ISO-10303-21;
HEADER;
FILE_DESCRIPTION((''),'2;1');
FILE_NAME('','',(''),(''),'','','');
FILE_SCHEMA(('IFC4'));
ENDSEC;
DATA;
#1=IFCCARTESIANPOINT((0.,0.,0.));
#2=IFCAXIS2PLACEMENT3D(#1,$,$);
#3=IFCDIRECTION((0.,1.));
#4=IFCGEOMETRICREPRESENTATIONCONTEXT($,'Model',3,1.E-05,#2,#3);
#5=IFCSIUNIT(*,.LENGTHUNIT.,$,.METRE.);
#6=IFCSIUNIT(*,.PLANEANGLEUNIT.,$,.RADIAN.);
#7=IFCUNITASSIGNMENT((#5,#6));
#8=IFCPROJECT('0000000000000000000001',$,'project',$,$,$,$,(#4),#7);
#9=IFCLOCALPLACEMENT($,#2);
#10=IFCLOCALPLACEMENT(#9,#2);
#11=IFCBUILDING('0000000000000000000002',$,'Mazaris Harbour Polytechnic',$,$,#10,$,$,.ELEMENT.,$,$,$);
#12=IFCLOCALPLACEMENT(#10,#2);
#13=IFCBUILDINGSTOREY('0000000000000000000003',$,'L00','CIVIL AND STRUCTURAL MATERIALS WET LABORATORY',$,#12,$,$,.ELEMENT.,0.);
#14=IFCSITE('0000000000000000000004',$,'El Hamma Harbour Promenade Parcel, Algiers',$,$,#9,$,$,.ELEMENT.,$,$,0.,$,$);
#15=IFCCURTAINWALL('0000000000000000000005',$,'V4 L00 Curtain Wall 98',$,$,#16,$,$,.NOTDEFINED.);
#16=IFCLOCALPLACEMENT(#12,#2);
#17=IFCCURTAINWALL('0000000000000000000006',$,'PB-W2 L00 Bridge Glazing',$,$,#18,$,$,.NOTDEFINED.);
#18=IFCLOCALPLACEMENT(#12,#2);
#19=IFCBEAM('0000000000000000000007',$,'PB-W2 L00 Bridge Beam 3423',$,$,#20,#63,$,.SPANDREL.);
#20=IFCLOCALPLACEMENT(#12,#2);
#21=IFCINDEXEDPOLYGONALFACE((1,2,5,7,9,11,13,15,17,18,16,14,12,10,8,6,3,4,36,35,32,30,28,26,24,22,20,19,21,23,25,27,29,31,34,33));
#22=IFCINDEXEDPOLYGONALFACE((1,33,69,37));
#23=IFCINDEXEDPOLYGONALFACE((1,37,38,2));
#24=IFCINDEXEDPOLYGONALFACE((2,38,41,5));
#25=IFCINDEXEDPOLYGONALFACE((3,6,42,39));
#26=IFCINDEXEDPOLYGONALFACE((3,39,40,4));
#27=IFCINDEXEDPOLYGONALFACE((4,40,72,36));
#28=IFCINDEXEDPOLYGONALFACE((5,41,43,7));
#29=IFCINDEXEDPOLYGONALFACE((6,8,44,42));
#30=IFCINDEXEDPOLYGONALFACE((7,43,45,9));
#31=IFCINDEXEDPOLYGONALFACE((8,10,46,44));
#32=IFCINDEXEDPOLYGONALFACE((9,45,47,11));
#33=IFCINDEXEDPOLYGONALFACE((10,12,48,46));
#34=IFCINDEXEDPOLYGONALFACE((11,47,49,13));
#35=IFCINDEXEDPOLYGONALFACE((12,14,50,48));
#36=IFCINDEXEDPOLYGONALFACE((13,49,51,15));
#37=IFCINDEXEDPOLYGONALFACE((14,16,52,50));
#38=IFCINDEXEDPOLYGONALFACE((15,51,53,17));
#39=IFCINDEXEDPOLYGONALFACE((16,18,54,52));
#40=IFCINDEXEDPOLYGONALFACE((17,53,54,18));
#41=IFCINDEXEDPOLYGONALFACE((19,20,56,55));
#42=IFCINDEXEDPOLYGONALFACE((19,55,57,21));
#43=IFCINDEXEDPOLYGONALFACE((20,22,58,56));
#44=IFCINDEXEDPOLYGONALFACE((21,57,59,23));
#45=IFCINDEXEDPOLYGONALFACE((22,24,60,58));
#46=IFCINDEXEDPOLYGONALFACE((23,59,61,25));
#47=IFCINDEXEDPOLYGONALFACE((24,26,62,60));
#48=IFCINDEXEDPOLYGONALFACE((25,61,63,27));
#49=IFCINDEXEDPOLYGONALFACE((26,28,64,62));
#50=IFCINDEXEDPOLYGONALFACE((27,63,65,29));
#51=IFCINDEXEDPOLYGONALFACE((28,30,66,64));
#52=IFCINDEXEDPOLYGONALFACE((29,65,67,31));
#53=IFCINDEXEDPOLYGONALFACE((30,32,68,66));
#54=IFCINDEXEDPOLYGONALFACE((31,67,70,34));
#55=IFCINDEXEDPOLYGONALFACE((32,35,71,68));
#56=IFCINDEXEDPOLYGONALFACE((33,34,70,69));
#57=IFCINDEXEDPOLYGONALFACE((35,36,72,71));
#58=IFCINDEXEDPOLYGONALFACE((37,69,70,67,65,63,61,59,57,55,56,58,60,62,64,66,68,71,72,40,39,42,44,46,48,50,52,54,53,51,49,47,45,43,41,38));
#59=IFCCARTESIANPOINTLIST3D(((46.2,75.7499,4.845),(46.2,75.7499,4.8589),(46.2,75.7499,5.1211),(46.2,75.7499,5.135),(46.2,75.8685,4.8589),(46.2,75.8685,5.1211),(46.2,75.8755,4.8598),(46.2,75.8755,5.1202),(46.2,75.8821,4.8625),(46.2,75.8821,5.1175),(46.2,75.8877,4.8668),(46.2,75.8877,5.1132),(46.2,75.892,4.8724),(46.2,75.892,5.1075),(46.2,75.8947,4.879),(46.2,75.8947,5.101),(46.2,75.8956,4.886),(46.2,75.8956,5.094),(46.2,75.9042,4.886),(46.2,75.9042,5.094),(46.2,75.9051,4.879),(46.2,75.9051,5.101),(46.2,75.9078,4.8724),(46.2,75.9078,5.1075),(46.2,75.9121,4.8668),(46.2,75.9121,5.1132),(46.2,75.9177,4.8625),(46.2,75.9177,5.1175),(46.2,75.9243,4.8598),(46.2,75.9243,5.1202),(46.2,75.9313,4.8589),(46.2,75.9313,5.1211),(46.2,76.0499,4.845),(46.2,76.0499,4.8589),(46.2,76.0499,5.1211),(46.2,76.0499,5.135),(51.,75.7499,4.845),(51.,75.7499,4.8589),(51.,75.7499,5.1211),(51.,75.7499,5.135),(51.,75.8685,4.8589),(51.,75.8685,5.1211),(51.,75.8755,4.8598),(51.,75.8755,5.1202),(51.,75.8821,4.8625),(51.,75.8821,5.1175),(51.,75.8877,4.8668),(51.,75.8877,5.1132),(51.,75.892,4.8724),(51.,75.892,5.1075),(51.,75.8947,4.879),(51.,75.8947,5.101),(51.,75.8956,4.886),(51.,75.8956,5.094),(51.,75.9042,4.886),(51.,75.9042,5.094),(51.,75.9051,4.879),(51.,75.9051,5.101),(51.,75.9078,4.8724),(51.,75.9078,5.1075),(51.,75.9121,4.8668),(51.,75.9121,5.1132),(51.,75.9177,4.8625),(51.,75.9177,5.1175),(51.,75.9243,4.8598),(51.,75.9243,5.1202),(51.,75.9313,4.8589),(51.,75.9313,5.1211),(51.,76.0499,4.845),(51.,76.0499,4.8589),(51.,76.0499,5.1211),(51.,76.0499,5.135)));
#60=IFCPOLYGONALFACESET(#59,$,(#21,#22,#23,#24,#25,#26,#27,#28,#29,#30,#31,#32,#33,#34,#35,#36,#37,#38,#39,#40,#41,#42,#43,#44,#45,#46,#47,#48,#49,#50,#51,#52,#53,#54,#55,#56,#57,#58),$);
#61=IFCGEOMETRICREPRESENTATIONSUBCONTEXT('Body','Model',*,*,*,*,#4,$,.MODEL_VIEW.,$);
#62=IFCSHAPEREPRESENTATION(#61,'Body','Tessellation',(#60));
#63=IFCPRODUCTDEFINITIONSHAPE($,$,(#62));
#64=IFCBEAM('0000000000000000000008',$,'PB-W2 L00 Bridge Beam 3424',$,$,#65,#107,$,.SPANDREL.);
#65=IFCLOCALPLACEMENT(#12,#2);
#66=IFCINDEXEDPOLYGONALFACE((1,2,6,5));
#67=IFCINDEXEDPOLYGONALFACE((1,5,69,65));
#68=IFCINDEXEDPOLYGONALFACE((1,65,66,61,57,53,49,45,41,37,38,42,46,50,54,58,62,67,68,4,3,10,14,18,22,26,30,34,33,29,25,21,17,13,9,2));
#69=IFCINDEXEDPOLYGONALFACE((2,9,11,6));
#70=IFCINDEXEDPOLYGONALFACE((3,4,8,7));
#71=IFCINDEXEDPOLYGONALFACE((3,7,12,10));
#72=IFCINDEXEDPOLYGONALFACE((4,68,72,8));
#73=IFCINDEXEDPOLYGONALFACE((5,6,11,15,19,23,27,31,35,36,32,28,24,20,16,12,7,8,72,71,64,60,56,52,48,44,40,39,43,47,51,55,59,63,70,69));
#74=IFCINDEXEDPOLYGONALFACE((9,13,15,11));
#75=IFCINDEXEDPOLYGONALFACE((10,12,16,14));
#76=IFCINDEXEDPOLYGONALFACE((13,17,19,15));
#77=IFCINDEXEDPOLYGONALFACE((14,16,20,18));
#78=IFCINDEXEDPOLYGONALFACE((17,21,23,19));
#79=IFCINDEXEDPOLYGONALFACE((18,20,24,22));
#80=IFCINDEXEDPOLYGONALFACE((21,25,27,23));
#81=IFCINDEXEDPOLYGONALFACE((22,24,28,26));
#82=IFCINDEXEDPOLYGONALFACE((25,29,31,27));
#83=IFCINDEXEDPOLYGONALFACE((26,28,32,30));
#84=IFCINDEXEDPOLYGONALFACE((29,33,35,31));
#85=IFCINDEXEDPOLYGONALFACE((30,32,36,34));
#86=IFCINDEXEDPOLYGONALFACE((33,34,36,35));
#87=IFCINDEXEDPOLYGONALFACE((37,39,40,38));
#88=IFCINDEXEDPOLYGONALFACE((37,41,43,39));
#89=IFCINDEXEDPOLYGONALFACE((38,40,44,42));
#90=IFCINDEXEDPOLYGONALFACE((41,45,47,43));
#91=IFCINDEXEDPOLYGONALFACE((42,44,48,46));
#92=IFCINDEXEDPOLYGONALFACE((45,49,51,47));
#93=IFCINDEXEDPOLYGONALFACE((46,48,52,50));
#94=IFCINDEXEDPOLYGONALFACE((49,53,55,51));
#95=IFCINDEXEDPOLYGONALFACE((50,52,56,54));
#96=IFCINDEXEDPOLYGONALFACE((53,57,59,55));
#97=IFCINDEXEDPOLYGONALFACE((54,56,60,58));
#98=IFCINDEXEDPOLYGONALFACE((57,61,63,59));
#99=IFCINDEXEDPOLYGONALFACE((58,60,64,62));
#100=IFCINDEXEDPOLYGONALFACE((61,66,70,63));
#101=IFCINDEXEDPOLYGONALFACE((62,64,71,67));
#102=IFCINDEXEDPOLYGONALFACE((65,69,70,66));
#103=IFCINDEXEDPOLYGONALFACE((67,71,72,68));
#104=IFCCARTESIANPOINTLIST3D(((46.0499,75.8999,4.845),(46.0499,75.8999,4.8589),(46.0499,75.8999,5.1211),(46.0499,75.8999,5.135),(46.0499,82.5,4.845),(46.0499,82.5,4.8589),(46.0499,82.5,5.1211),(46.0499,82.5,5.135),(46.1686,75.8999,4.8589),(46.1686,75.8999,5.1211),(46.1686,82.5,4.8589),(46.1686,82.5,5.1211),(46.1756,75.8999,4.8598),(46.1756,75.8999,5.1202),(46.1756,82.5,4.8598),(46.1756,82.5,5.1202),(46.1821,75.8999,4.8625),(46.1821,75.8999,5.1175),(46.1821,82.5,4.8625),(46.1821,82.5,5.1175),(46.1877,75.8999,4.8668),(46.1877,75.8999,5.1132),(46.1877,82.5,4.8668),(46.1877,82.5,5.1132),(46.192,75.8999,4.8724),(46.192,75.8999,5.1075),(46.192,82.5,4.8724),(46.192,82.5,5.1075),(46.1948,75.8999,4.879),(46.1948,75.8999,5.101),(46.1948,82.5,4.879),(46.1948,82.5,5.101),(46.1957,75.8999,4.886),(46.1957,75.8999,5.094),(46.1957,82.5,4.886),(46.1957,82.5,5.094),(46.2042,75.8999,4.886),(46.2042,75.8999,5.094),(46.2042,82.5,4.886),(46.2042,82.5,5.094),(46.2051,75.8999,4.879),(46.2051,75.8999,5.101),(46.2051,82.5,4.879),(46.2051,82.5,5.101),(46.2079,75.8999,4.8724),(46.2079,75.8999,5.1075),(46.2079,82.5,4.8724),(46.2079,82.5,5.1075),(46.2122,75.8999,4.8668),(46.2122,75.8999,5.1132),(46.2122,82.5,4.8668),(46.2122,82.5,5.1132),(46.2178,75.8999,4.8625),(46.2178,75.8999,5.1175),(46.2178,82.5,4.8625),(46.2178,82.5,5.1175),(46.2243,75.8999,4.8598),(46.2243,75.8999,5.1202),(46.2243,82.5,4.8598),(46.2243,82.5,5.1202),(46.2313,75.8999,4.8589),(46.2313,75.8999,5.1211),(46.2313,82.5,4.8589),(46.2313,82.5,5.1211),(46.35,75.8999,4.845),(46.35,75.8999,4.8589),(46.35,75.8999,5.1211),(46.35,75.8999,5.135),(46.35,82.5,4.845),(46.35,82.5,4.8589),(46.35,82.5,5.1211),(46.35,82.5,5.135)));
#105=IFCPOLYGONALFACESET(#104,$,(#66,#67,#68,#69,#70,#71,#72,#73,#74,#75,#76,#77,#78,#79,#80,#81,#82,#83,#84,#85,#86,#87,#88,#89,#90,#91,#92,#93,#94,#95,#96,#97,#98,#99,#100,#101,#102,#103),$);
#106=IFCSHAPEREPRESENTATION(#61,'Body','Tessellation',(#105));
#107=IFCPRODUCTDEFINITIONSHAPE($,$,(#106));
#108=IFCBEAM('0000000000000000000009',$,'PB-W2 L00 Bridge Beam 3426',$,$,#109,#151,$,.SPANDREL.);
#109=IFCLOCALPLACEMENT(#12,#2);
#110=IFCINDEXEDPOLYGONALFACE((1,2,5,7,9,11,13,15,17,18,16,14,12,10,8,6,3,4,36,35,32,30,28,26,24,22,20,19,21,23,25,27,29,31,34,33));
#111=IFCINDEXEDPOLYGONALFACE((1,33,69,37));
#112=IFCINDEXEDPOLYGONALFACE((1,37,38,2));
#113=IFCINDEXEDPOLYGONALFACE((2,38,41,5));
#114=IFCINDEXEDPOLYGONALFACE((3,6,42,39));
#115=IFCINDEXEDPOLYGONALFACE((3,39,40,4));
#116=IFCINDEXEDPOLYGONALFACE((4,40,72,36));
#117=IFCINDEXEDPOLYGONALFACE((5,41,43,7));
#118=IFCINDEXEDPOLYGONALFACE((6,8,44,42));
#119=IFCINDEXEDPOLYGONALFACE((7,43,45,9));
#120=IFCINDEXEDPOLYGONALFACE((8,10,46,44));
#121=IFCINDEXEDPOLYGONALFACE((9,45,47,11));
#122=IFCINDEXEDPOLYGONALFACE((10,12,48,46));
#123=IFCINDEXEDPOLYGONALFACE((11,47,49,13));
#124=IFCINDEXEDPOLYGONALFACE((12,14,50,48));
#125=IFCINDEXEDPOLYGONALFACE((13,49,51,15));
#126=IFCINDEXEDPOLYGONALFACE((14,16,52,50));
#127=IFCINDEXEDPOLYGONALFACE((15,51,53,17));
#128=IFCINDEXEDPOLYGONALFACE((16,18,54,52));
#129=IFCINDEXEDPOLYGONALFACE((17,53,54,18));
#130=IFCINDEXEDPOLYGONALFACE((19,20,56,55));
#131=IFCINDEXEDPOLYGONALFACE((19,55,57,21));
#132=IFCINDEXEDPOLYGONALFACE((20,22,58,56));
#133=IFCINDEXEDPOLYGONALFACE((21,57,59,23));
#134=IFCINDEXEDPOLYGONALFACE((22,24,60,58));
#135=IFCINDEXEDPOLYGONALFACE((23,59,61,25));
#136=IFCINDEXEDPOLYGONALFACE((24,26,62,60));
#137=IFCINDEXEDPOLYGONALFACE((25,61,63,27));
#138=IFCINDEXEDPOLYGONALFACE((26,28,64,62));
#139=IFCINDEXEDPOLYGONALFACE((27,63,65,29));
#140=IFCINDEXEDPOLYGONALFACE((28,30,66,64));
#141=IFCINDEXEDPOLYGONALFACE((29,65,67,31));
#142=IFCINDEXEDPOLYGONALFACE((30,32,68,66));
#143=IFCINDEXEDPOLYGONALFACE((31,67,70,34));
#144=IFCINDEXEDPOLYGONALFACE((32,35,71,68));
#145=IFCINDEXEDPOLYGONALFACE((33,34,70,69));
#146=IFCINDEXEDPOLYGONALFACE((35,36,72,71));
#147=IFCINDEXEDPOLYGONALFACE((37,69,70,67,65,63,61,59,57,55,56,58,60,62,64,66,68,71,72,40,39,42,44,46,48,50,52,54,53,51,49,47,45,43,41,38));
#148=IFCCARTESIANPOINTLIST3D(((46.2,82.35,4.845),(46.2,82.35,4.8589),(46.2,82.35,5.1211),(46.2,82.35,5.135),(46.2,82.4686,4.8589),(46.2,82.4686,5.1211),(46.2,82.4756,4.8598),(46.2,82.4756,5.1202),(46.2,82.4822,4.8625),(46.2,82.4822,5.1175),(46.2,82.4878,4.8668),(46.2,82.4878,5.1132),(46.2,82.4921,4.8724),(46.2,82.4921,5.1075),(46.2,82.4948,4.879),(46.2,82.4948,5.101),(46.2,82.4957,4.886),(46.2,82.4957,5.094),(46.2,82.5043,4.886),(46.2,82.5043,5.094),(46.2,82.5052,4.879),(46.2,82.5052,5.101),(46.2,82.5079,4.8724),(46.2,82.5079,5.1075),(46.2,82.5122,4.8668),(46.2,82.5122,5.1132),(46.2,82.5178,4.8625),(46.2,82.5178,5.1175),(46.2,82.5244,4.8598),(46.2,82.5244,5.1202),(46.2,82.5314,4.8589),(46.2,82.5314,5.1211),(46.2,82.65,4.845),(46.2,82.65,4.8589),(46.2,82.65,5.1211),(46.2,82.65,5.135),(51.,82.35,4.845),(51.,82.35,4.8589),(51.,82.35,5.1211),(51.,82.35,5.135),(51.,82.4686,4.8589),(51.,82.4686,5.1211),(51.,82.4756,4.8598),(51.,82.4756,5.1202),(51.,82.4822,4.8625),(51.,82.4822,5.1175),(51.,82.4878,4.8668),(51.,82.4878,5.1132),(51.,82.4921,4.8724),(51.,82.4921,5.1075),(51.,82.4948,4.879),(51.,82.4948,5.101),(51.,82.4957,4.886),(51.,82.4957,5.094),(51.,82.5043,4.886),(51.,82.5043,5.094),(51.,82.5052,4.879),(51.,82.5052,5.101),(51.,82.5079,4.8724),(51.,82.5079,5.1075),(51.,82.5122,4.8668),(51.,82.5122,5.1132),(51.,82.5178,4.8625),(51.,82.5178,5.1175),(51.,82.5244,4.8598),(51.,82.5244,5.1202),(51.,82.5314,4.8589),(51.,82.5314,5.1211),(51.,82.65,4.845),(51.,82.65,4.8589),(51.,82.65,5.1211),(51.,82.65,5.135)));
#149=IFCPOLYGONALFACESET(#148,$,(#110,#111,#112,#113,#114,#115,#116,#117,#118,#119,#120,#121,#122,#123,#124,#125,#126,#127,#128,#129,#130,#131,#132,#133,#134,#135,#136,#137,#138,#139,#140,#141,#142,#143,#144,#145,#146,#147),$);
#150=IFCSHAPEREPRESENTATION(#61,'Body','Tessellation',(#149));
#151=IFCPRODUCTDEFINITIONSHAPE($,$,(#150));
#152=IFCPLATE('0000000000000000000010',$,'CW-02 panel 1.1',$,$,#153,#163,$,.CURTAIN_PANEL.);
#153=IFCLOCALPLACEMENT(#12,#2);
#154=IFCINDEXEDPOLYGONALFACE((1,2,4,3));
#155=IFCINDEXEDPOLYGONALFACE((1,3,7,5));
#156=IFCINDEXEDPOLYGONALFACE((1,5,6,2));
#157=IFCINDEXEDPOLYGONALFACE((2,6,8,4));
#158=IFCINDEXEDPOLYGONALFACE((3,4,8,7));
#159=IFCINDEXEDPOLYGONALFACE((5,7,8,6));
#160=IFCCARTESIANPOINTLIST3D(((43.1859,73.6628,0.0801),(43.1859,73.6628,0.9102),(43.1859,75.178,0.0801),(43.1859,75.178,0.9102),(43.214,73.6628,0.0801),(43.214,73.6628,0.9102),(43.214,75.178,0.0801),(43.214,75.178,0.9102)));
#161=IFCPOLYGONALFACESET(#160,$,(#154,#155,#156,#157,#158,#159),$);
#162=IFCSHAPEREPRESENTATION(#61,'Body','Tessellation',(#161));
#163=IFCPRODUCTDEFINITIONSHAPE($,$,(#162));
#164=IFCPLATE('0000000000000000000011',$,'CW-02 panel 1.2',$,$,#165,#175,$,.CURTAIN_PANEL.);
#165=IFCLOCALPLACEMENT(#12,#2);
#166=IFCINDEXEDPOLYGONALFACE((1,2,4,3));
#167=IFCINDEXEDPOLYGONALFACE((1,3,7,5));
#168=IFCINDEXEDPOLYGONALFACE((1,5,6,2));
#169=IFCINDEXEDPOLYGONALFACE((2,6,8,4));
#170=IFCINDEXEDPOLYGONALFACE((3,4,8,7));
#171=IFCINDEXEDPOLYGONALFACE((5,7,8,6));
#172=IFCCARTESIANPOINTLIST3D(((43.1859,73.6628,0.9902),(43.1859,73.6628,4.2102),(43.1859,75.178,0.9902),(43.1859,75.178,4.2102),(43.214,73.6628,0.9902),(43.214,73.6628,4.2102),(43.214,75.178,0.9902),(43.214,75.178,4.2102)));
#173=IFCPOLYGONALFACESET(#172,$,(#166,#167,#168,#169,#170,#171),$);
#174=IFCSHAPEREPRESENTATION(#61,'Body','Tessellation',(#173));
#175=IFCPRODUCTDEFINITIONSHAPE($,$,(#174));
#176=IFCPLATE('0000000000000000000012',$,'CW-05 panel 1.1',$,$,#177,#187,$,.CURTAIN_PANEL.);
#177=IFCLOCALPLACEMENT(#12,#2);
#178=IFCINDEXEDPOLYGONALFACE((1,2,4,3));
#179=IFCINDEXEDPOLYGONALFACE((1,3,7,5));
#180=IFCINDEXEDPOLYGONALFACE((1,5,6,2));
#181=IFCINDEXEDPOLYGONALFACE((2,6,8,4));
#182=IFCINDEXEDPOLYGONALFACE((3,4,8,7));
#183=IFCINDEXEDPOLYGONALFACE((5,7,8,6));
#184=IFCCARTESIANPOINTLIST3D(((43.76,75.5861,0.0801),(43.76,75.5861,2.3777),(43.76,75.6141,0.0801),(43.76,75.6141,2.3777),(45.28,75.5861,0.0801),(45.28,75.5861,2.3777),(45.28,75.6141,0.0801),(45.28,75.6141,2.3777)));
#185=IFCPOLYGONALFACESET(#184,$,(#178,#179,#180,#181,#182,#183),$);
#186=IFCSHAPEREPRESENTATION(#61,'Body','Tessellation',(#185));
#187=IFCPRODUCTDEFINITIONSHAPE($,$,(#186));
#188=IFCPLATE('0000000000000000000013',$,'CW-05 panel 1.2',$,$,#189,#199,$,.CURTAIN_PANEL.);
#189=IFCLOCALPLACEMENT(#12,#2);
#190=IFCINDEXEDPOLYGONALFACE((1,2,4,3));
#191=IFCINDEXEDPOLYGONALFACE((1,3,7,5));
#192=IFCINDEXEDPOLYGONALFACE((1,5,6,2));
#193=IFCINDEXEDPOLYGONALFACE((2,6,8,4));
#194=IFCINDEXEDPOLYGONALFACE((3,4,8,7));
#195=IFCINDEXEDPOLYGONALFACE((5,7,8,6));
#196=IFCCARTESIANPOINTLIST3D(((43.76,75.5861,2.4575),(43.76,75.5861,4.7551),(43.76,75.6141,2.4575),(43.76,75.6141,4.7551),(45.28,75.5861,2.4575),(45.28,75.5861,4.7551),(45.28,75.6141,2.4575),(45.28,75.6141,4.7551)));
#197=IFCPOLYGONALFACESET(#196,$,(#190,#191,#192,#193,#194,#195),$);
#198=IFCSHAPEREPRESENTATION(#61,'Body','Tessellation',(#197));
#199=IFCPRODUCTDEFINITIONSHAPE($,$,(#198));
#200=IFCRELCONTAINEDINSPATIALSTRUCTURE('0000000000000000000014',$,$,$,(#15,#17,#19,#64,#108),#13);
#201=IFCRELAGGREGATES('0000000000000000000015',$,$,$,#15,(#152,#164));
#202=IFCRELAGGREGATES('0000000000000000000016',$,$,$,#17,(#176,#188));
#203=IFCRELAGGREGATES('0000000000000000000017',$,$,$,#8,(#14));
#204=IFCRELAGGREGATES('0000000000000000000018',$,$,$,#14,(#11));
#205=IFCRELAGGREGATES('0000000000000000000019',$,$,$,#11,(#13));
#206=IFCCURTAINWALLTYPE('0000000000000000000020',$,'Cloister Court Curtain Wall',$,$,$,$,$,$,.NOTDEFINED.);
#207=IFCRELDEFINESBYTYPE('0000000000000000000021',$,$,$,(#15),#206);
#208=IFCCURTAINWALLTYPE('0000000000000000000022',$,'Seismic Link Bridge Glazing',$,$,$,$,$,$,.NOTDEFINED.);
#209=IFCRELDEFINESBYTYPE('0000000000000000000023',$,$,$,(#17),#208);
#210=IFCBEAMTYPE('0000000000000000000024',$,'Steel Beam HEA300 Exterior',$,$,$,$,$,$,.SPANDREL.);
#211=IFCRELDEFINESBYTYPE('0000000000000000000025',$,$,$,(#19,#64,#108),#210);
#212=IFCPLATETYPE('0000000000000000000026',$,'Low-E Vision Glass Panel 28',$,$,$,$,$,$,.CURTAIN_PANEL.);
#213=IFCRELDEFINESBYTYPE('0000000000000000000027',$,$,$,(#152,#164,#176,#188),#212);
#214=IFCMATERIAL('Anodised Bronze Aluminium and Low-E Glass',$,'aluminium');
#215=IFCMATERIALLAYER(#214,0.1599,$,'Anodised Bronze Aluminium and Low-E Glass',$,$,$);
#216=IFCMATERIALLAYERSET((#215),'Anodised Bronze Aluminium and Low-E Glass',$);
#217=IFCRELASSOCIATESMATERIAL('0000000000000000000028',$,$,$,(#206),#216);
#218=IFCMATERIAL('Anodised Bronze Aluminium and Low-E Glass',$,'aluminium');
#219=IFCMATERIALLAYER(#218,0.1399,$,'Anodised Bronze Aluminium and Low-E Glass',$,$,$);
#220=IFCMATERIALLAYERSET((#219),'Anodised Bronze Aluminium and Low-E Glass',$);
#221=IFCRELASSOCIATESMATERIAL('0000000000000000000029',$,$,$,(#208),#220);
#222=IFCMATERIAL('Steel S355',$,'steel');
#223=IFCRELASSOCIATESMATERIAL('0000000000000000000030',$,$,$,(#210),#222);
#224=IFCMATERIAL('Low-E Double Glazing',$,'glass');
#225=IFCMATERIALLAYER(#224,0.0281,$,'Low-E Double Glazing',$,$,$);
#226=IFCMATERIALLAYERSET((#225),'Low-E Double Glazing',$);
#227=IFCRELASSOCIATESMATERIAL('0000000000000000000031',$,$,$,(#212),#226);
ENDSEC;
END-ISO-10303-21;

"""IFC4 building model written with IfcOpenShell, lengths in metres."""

from ifc_helpers import new_model, si_unit, direction, frame, origin, origin_2d, place, context, subcontext, project, spatial, rectangle, i_section, extrude, material, layer, layer_set, material_profile, profile_set, type_object, element, aggregate, save


model = new_model("IFC4")

# Units and contexts
model_context = context("Model", 3, precision=1e-05, world=origin(), true_north=direction((0.0, 1.0)))
body_context = subcontext(model_context, "Body", "Model", "MODEL_VIEW")
ifc_project = project(units=[si_unit("LENGTHUNIT", "METRE"), si_unit("PLANEANGLEUNIT", "RADIAN")], contexts=[model_context])

# Site, building, storey
site_placement = place(None, origin())
site = spatial("IfcSite", under=ifc_project, at=site_placement, Name="El Hamma Harbour Promenade Parcel, Algiers", CompositionType="ELEMENT", RefElevation=0.0)
building_placement = place(site_placement, origin())
building = spatial("IfcBuilding", under=site, at=building_placement, Name="Mazaris Harbour Polytechnic", CompositionType="ELEMENT")
storey_placement = place(building_placement, origin())
storey = spatial("IfcBuildingStorey", under=building, at=storey_placement, Name="L00", Description="CIVIL AND STRUCTURAL MATERIALS WET LABORATORY", CompositionType="ELEMENT", Elevation=0.0)

# Curtain walls
ifc_material_1 = material(Name="Anodised Bronze Aluminium and Low-E Glass", Category="aluminium")
ifc_layer_1 = layer(ifc_material_1, 0.1599, Name="Anodised Bronze Aluminium and Low-E Glass")
ifc_layer_set_1 = layer_set([ifc_layer_1], Name="Anodised Bronze Aluminium and Low-E Glass")
curtain_wall_type_1 = type_object("IfcCurtainWallType", Name="Cloister Court Curtain Wall", PredefinedType="NOTDEFINED", material=ifc_layer_set_1)
curtain_wall_1_placement = place(storey_placement, origin())
curtain_wall_1 = element("IfcCurtainWall", 1, at=curtain_wall_1_placement, inside=storey, type_object=curtain_wall_type_1, Name="V4 L00 Curtain Wall 98", PredefinedType="NOTDEFINED")
ifc_material_2 = material(Name="Anodised Bronze Aluminium and Low-E Glass", Category="aluminium")
ifc_layer_2 = layer(ifc_material_2, 0.1399, Name="Anodised Bronze Aluminium and Low-E Glass")
ifc_layer_set_2 = layer_set([ifc_layer_2], Name="Anodised Bronze Aluminium and Low-E Glass")
curtain_wall_type_2 = type_object("IfcCurtainWallType", Name="Seismic Link Bridge Glazing", PredefinedType="NOTDEFINED", material=ifc_layer_set_2)
curtain_wall_2_placement = place(storey_placement, origin())
curtain_wall_2 = element("IfcCurtainWall", 2, at=curtain_wall_2_placement, inside=storey, type_object=curtain_wall_type_2, Name="PB-W2 L00 Bridge Glazing", PredefinedType="NOTDEFINED")

# Beams
ifc_material_3 = material(Name="Steel S355", Category="steel")
ifc_material_profile_1 = material_profile(ifc_material_3, i_section(OverallWidth=0.3, OverallDepth=0.29, WebThickness=0.0085, FlangeThickness=0.0139, FilletRadius=0.0271, at=origin_2d()), Name="HEA 300")
ifc_profile_set_1 = profile_set([ifc_material_profile_1], Name="Steel S355")
beam_type_1 = type_object("IfcBeamType", Name="Steel Beam HEA300 Exterior", PredefinedType="SPANDREL", material=ifc_profile_set_1)
beam_1_placement = place(storey_placement, frame((46.2, 75.8999, 4.99), z_axis=(1.0, 0.0, 0.0), x_axis=(0.0, 1.0, 0.0)))
element("IfcBeam", 3, at=beam_1_placement, inside=storey, type_object=beam_type_1, Name="PB-W2 L00 Bridge Beam 3423", PredefinedType="SPANDREL", context=body_context, shape_type="SweptSolid", body=[
    extrude(i_section(OverallWidth=0.3, OverallDepth=0.29, WebThickness=0.0085, FlangeThickness=0.0139, FilletRadius=0.0271, at=origin_2d()), origin(), (0.0, 0.0, 1.0), 4.8),
])
beam_2_placement = place(storey_placement, frame((46.2, 75.8999, 4.99), z_axis=(0.0, 1.0, 0.0), x_axis=(-1.0, 0.0, 0.0)))
element("IfcBeam", 4, at=beam_2_placement, inside=storey, type_object=beam_type_1, Name="PB-W2 L00 Bridge Beam 3424", PredefinedType="SPANDREL", context=body_context, shape_type="SweptSolid", body=[
    extrude(i_section(OverallWidth=0.3, OverallDepth=0.29, WebThickness=0.0085, FlangeThickness=0.0139, FilletRadius=0.0271, at=origin_2d()), origin(), (0.0, 0.0, 1.0), 6.6001),
])
beam_3_placement = place(storey_placement, frame((46.2, 82.5, 4.99), z_axis=(1.0, 0.0, 0.0), x_axis=(0.0, 1.0, 0.0)))
element("IfcBeam", 5, at=beam_3_placement, inside=storey, type_object=beam_type_1, Name="PB-W2 L00 Bridge Beam 3426", PredefinedType="SPANDREL", context=body_context, shape_type="SweptSolid", body=[
    extrude(i_section(OverallWidth=0.3, OverallDepth=0.29, WebThickness=0.0085, FlangeThickness=0.0139, FilletRadius=0.0271, at=origin_2d()), origin(), (0.0, 0.0, 1.0), 4.8),
])

# Plates
ifc_material_4 = material(Name="Low-E Double Glazing", Category="glass")
ifc_layer_3 = layer(ifc_material_4, 0.0281, Name="Low-E Double Glazing")
ifc_layer_set_3 = layer_set([ifc_layer_3], Name="Low-E Double Glazing")
plate_type = type_object("IfcPlateType", Name="Low-E Vision Glass Panel 28", PredefinedType="CURTAIN_PANEL", material=ifc_layer_set_3)
plate_1_placement = place(storey_placement, frame((43.2, 74.4204, 0.0801), z_axis=(0.0, 0.0, 1.0), x_axis=(0.0, -1.0, 0.0)))
plate_1 = element("IfcPlate", 6, at=plate_1_placement, type_object=plate_type, Name="CW-02 panel 1.1", PredefinedType="CURTAIN_PANEL", context=body_context, shape_type="SweptSolid", body=[
    extrude(rectangle(XDim=1.5151, YDim=0.0281, at=origin_2d()), origin(), (0.0, 0.0, 1.0), 0.8301),
])
plate_2_placement = place(storey_placement, frame((43.2, 74.4204, 0.9902), z_axis=(0.0, 0.0, 1.0), x_axis=(0.0, -1.0, 0.0)))
plate_2 = element("IfcPlate", 7, at=plate_2_placement, type_object=plate_type, Name="CW-02 panel 1.2", PredefinedType="CURTAIN_PANEL", context=body_context, shape_type="SweptSolid", body=[
    extrude(rectangle(XDim=1.5151, YDim=0.0281, at=origin_2d()), origin(), (0.0, 0.0, 1.0), 3.22),
])
aggregate(curtain_wall_1, [plate_1, plate_2])
plate_3_placement = place(storey_placement, frame((44.52, 75.6001, 0.0801), z_axis=(0.0, 0.0, 1.0), x_axis=(1.0, 0.0, 0.0)))
plate_3 = element("IfcPlate", 8, at=plate_3_placement, type_object=plate_type, Name="CW-05 panel 1.1", PredefinedType="CURTAIN_PANEL", context=body_context, shape_type="SweptSolid", body=[
    extrude(rectangle(XDim=1.52, YDim=0.0281, at=origin_2d()), origin(), (0.0, 0.0, 1.0), 2.2976),
])
plate_4_placement = place(storey_placement, frame((44.52, 75.6001, 2.4575), z_axis=(0.0, 0.0, 1.0), x_axis=(1.0, 0.0, 0.0)))
plate_4 = element("IfcPlate", 9, at=plate_4_placement, type_object=plate_type, Name="CW-05 panel 1.2", PredefinedType="CURTAIN_PANEL", context=body_context, shape_type="SweptSolid", body=[
    extrude(rectangle(XDim=1.52, YDim=0.0281, at=origin_2d()), origin(), (0.0, 0.0, 1.0), 2.2976),
])
aggregate(curtain_wall_2, [plate_3, plate_4])

save(model, "model.ifc")
